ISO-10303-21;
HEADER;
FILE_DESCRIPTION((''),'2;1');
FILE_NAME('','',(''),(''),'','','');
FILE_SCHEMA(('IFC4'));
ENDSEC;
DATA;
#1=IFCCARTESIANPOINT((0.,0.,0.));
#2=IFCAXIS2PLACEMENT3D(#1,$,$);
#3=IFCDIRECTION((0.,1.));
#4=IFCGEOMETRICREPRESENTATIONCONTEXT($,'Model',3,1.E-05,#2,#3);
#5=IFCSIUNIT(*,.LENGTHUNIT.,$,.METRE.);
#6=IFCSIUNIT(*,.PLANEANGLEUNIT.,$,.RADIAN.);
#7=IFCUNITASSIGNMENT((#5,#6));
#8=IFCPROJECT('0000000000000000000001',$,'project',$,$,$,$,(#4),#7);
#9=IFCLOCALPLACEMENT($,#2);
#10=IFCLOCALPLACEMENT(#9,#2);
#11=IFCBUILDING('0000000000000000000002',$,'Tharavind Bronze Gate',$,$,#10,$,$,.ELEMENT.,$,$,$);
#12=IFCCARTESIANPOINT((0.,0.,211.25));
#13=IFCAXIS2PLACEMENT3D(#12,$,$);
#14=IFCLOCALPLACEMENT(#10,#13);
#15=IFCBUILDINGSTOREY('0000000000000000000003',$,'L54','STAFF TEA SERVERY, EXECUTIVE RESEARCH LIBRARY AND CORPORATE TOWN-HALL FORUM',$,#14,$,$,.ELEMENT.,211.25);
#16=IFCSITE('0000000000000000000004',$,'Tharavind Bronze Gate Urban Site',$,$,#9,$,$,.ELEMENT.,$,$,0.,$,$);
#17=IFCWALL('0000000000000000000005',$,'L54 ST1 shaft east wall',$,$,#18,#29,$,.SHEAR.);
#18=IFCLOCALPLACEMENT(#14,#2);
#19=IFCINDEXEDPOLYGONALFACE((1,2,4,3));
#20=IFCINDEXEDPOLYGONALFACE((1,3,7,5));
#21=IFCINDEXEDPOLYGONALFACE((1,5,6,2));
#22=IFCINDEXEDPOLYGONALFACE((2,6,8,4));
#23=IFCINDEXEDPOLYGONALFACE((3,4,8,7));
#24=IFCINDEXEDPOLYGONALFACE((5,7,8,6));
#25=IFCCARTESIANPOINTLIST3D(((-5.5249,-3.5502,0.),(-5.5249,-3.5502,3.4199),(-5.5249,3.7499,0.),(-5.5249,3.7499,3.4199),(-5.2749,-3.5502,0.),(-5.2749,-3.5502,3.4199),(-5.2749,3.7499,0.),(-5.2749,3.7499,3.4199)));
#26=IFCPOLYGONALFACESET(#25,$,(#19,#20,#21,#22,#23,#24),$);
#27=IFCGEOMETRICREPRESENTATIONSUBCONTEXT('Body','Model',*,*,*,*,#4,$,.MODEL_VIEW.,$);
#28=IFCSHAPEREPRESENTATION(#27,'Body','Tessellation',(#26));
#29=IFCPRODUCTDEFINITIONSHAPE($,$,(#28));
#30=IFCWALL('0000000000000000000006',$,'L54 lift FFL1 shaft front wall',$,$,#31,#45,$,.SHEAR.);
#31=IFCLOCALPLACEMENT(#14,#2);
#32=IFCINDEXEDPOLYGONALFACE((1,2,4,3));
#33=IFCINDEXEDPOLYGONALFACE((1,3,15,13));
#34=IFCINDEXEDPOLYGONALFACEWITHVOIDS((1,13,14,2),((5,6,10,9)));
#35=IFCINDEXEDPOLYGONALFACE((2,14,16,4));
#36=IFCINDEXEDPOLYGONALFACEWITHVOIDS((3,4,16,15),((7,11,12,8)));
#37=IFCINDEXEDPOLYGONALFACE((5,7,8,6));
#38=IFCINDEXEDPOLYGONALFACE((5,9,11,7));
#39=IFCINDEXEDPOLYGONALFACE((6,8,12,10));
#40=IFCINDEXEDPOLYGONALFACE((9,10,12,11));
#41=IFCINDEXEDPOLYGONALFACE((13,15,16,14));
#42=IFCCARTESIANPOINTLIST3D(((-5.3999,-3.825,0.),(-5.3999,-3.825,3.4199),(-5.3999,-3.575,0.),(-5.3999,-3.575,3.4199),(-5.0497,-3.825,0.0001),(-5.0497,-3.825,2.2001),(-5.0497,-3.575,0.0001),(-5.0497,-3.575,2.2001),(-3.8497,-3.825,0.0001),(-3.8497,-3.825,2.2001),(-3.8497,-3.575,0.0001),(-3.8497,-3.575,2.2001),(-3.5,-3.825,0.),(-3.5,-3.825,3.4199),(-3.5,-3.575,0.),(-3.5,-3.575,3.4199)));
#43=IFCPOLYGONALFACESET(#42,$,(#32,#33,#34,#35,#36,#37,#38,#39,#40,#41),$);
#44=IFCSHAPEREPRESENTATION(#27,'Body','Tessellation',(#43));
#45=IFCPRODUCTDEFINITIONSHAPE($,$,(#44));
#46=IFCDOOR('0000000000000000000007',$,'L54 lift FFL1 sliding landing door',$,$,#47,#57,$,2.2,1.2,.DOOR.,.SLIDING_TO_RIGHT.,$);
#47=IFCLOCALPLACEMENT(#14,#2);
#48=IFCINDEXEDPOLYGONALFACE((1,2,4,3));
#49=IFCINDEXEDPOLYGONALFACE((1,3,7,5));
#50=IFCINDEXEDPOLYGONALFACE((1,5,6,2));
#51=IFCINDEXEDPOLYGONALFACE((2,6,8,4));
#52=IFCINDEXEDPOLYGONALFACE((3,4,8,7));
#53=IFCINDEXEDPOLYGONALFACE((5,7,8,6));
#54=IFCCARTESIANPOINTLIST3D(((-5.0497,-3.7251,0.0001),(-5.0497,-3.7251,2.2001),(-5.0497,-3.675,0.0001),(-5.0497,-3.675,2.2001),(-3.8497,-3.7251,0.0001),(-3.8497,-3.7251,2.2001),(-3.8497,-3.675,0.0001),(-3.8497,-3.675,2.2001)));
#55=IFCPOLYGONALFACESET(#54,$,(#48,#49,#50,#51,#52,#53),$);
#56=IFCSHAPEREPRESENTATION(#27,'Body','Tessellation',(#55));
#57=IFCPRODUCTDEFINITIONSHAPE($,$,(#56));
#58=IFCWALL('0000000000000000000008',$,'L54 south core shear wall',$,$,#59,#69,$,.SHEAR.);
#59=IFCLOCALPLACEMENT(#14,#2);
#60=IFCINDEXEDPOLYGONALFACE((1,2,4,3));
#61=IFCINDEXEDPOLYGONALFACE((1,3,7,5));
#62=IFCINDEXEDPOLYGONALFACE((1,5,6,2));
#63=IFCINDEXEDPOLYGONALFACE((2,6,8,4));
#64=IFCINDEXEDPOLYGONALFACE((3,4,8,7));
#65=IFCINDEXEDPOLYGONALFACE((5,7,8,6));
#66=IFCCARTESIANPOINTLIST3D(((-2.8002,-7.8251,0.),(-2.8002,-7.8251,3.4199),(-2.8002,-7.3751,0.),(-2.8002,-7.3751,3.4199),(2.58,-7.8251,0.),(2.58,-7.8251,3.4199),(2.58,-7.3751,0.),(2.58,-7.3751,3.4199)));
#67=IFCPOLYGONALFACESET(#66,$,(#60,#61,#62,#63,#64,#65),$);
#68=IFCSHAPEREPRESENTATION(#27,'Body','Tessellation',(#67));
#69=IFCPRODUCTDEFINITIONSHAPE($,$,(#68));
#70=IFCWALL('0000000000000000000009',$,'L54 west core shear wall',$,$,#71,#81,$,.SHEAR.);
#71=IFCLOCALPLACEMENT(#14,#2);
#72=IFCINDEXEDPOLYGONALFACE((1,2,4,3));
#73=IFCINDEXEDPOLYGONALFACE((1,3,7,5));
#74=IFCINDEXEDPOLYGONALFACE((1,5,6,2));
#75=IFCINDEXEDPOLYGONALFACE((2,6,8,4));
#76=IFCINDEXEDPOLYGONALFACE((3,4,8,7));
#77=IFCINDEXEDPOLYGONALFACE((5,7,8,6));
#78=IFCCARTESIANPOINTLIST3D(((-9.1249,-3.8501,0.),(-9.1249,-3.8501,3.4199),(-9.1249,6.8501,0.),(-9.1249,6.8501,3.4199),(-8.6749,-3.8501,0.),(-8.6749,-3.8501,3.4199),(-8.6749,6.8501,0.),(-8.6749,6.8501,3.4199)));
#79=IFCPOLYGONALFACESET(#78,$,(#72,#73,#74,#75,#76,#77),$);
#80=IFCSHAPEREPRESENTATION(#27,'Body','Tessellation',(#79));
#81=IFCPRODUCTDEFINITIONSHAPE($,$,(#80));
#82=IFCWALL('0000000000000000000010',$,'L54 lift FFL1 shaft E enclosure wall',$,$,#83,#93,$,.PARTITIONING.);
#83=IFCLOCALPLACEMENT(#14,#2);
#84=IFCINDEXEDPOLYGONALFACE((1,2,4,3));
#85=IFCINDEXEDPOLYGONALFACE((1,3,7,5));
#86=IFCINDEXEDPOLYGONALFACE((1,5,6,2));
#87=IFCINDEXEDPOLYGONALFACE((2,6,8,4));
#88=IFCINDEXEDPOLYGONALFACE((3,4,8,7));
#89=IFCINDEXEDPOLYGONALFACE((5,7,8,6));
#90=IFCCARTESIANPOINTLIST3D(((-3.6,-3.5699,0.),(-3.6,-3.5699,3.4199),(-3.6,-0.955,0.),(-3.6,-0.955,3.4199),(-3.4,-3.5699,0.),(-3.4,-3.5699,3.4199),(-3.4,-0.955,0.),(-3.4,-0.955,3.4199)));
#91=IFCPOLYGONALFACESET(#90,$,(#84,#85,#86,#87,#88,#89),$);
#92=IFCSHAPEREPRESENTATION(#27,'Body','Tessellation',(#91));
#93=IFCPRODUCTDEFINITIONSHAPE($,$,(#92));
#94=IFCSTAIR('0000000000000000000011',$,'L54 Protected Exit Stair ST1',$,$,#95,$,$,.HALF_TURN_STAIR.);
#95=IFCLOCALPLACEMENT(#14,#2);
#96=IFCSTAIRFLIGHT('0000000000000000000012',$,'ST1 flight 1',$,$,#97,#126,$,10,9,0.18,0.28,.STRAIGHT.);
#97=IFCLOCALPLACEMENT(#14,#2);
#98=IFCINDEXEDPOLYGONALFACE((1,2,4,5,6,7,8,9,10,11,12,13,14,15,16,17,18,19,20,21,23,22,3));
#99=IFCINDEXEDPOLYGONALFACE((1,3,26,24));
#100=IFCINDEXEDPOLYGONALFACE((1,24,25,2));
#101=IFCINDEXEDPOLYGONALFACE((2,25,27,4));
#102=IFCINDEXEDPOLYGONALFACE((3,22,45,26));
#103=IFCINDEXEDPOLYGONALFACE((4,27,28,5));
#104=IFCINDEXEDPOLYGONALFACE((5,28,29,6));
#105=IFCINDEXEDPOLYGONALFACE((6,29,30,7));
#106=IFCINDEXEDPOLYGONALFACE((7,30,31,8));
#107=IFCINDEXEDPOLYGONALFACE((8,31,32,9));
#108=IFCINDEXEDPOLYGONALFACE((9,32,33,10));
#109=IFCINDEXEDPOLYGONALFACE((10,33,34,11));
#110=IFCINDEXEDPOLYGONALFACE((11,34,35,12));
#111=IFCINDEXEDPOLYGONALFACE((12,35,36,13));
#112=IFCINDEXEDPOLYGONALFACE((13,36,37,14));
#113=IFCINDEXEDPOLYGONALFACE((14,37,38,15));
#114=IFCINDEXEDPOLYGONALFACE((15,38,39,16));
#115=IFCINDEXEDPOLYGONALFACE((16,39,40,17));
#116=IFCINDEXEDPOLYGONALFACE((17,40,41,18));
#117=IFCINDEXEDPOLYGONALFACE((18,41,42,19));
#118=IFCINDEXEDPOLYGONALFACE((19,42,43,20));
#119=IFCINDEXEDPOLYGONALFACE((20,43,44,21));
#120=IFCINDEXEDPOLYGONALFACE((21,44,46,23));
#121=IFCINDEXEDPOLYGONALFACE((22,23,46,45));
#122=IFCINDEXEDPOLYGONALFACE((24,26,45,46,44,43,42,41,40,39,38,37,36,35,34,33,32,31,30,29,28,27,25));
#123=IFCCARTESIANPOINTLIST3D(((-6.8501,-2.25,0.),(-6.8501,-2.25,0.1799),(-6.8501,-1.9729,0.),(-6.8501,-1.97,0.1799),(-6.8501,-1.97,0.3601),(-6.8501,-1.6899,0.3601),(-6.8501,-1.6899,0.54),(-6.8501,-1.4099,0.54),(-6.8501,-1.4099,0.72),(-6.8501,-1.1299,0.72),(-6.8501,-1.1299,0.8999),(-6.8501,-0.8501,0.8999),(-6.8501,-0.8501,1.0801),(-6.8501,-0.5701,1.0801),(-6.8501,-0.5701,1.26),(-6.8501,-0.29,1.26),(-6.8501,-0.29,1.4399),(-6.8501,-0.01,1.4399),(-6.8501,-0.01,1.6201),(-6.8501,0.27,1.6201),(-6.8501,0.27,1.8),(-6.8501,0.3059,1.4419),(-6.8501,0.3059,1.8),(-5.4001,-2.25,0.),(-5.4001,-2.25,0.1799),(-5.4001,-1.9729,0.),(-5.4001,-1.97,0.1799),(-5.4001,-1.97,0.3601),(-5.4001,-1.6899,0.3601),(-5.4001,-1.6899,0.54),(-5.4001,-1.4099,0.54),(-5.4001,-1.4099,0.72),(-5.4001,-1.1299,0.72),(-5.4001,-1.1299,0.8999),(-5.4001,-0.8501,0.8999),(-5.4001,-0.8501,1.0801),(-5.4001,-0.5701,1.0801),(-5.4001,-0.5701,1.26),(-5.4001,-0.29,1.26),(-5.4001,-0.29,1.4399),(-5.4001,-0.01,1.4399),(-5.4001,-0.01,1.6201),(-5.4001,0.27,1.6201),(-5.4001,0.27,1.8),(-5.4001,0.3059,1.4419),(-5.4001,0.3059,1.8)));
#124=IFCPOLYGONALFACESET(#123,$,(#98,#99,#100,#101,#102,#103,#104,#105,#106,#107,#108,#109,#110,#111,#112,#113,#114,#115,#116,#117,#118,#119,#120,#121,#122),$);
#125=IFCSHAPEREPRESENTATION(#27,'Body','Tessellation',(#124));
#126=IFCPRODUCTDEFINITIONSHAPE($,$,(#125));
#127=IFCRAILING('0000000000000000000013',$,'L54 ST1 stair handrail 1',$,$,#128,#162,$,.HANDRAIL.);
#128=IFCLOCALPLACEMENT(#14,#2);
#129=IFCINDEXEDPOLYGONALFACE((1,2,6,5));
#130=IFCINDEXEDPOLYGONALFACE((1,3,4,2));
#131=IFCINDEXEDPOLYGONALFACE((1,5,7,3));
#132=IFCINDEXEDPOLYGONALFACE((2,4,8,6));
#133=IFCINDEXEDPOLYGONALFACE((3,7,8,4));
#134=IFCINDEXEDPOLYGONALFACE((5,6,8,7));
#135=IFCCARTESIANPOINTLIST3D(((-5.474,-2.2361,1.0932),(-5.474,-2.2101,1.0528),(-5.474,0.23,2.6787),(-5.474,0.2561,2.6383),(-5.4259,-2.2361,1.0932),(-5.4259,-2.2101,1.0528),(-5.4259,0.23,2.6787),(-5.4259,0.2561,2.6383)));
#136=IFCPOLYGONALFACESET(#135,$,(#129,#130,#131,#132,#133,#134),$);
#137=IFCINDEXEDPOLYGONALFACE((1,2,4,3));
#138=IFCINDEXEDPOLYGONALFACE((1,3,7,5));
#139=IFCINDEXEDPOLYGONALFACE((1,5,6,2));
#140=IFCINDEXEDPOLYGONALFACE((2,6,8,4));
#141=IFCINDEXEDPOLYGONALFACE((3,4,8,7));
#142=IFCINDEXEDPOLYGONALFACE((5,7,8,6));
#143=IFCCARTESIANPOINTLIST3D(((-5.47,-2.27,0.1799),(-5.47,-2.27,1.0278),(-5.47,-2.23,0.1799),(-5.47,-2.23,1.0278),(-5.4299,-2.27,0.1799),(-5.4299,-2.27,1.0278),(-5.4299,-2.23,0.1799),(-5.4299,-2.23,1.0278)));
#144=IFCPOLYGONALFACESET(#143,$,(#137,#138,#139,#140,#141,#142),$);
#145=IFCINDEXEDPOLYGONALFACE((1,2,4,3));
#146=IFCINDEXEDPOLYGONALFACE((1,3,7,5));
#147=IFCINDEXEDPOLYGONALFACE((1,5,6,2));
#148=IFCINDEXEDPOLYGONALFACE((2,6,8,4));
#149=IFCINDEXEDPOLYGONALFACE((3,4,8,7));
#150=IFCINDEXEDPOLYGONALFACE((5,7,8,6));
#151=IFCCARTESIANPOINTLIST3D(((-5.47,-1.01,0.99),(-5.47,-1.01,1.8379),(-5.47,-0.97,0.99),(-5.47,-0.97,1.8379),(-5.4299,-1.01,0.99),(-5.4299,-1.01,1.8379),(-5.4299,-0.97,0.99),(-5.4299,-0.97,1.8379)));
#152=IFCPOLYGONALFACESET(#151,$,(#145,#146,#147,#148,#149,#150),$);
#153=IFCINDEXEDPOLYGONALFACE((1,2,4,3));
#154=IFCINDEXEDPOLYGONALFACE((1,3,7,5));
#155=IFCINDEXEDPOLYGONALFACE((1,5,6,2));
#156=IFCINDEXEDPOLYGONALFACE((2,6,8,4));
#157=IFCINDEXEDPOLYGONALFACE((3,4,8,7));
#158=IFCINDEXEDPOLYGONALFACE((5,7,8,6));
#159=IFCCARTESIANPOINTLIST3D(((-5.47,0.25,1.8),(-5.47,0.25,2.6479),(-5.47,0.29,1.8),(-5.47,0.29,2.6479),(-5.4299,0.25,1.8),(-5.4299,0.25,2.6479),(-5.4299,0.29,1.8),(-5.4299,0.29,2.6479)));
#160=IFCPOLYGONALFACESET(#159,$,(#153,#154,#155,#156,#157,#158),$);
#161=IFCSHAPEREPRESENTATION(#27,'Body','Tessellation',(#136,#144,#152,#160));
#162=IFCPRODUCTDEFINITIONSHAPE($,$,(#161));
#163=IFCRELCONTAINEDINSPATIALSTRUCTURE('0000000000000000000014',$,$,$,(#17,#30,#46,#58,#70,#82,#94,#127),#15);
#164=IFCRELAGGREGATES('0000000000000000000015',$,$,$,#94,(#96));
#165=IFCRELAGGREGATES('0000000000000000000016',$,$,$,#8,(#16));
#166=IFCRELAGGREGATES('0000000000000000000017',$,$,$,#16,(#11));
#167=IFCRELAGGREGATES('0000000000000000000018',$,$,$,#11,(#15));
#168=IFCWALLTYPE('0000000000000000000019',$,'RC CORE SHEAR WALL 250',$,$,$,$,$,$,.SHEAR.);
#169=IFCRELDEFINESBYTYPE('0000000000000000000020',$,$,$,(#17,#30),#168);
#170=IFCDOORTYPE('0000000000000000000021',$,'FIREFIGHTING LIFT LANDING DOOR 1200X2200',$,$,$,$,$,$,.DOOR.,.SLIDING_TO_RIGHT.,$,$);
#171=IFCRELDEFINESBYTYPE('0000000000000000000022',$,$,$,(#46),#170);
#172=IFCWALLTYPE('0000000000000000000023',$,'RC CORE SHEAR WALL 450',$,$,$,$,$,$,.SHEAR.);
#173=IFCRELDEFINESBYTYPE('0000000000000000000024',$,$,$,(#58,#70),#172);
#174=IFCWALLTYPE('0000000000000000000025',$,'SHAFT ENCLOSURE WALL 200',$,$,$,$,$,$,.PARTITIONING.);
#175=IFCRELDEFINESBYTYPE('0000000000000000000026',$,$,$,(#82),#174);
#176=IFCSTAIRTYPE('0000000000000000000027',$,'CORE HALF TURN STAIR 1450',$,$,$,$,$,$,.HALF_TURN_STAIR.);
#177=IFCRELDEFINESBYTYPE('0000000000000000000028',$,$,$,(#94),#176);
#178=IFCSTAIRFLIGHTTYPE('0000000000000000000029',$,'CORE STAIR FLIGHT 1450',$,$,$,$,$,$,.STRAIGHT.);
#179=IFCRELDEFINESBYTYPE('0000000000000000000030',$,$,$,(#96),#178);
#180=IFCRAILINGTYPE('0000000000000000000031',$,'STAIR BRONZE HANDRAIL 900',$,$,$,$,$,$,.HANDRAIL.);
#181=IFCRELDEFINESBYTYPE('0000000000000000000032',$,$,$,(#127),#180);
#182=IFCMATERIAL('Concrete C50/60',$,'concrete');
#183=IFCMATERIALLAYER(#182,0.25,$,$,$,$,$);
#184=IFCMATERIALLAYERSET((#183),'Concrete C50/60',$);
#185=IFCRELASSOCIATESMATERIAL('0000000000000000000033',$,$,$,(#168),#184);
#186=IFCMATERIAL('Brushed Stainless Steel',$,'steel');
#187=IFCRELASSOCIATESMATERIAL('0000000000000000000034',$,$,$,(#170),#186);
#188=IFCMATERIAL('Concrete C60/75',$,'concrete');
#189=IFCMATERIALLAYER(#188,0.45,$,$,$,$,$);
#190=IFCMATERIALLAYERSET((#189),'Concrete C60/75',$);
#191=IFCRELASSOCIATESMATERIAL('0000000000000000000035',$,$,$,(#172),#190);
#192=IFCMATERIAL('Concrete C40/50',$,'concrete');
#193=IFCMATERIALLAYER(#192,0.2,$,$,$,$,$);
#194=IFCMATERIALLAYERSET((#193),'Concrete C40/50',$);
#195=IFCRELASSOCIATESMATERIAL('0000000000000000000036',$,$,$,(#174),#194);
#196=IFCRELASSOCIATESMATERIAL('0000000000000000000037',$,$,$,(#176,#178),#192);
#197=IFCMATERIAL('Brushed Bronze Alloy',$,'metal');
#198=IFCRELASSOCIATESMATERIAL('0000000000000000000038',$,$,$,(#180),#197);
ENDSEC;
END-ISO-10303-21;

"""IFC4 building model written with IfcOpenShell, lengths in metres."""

from ifc_helpers import new_model, si_unit, direction, frame, frame_2d, origin, origin_2d, place, context, subcontext, project, spatial, polyline, rectangle, outline, extrude, material, layer, layer_set, type_object, element, fill, aggregate, save


model = new_model("IFC4")

# Units and contexts
model_context = context("Model", 3, precision=1e-05, world=origin(), true_north=direction((0.0, 1.0)))
body_context = subcontext(model_context, "Body", "Model", "MODEL_VIEW")
ifc_project = project(units=[si_unit("LENGTHUNIT", "METRE"), si_unit("PLANEANGLEUNIT", "RADIAN")], contexts=[model_context])

# Site, building, storey
site_placement = place(None, origin())
site = spatial("IfcSite", under=ifc_project, at=site_placement, Name="Tharavind Bronze Gate Urban Site", CompositionType="ELEMENT", RefElevation=0.0)
building_placement = place(site_placement, origin())
building = spatial("IfcBuilding", under=site, at=building_placement, Name="Tharavind Bronze Gate", CompositionType="ELEMENT")
storey_placement = place(building_placement, frame((0.0, 0.0, 211.25)))
storey = spatial("IfcBuildingStorey", under=building, at=storey_placement, Name="L54", Description="STAFF TEA SERVERY, EXECUTIVE RESEARCH LIBRARY AND CORPORATE TOWN-HALL FORUM", CompositionType="ELEMENT", Elevation=211.25)

# Shared definitions
ifc_material_1 = material(Name="Concrete C60/75", Category="concrete")

# Wall
ifc_material_2 = material(Name="Concrete C50/60", Category="concrete")
ifc_layer_1 = layer(ifc_material_2, 0.25)
ifc_layer_set_1 = layer_set([ifc_layer_1], Name="Concrete C50/60")
wall_type_1 = type_object("IfcWallType", Name="RC CORE SHEAR WALL 250", PredefinedType="SHEAR", material=ifc_layer_set_1)
wall_1_placement = place(storey_placement, frame((-5.3999, -3.55, 0.0), z_axis=(0.0, 0.0, 1.0), x_axis=(0.0, 1.0, 0.0)))
element("IfcWall", 1, at=wall_1_placement, inside=storey, type_object=wall_type_1, Name="L54 ST1 shaft east wall", PredefinedType="SHEAR", context=body_context, shape_type="SweptSolid", body=[
    extrude(rectangle(XDim=7.3, YDim=0.25, at=frame_2d((3.6499, 0.0))), origin(), (0.0, 0.0, 1.0), 3.4199),
])

# Wall, opening, door
wall_2_placement = place(storey_placement, frame((-5.3999, -3.7, 0.0), z_axis=(0.0, 0.0, 1.0), x_axis=(1.0, 0.0, 0.0)))
wall_2 = element("IfcWall", 2, at=wall_2_placement, inside=storey, type_object=wall_type_1, Name="L54 lift FFL1 shaft front wall", PredefinedType="SHEAR", context=body_context, shape_type="SweptSolid", body=[
    extrude(rectangle(XDim=1.8999, YDim=0.25, at=frame_2d((0.95, 0.0))), origin(), (0.0, 0.0, 1.0), 3.4199),
])
opening_1_placement = place(wall_2_placement, frame((0.3501, 0.0, 0.0)))
opening_1 = element("IfcOpeningElement", 3, at=opening_1_placement, cuts=wall_2, PredefinedType="OPENING", context=body_context, shape_type="SweptSolid", body=[
    extrude(rectangle(XDim=1.2, YDim=2.2, at=frame_2d((0.6001, 1.1001))), frame((0.0, 0.135, 0.0), z_axis=(0.0, -1.0, 0.0), x_axis=(1.0, 0.0, 0.0)), (0.0, 0.0, 1.0), 0.27),
])
ifc_material_3 = material(Name="Brushed Stainless Steel", Category="steel")
door_type_1 = type_object("IfcDoorType", Name="FIREFIGHTING LIFT LANDING DOOR 1200X2200", OperationType="SLIDING_TO_RIGHT", PredefinedType="DOOR", material=ifc_material_3)
door_1_placement = place(opening_1_placement, origin())
door_1 = element("IfcDoor", 4, at=door_1_placement, inside=storey, type_object=door_type_1, Name="L54 lift FFL1 sliding landing door", OperationType="SLIDING_TO_RIGHT", OverallHeight=2.2, OverallWidth=1.2, PredefinedType="DOOR", context=body_context, shape_type="SweptSolid", body=[
    extrude(rectangle(XDim=1.2, YDim=2.2, at=frame_2d((0.6001, 1.1001))), frame((0.0, 0.0249, 0.0), z_axis=(0.0, -1.0, 0.0), x_axis=(1.0, 0.0, 0.0)), (0.0, 0.0, 1.0), 0.05),
])
fill(opening_1, door_1)

# Walls
ifc_layer_2 = layer(ifc_material_1, 0.45)
ifc_layer_set_2 = layer_set([ifc_layer_2], Name="Concrete C60/75")
wall_type_2 = type_object("IfcWallType", Name="RC CORE SHEAR WALL 450", PredefinedType="SHEAR", material=ifc_layer_set_2)
wall_3_placement = place(storey_placement, frame((-2.8, -7.6001, 0.0), z_axis=(0.0, 0.0, 1.0), x_axis=(1.0, 0.0, 0.0)))
element("IfcWall", 5, at=wall_3_placement, inside=storey, type_object=wall_type_2, Name="L54 south core shear wall", PredefinedType="SHEAR", context=body_context, shape_type="SweptSolid", body=[
    extrude(rectangle(XDim=5.3801, YDim=0.45, at=frame_2d((2.6899, 0.0))), origin(), (0.0, 0.0, 1.0), 3.4199),
])
wall_4_placement = place(storey_placement, frame((-8.8999, -3.8501, 0.0), z_axis=(0.0, 0.0, 1.0), x_axis=(0.0, 1.0, 0.0)))
element("IfcWall", 6, at=wall_4_placement, inside=storey, type_object=wall_type_2, Name="L54 west core shear wall", PredefinedType="SHEAR", context=body_context, shape_type="SweptSolid", body=[
    extrude(rectangle(XDim=10.7002, YDim=0.45, at=frame_2d((5.3501, 0.0))), origin(), (0.0, 0.0, 1.0), 3.4199),
])
ifc_material_4 = material(Name="Concrete C40/50", Category="concrete")
ifc_layer_3 = layer(ifc_material_4, 0.2)
ifc_layer_set_3 = layer_set([ifc_layer_3], Name="Concrete C40/50")
wall_type_3 = type_object("IfcWallType", Name="SHAFT ENCLOSURE WALL 200", PredefinedType="PARTITIONING", material=ifc_layer_set_3)
wall_5_placement = place(storey_placement, frame((-3.5, -3.5701, 0.0), z_axis=(0.0, 0.0, 1.0), x_axis=(0.0, 1.0, 0.0)))
element("IfcWall", 7, at=wall_5_placement, inside=storey, type_object=wall_type_3, Name="L54 lift FFL1 shaft E enclosure wall", PredefinedType="PARTITIONING", context=body_context, shape_type="SweptSolid", body=[
    extrude(rectangle(XDim=2.615, YDim=0.2, at=frame_2d((1.3076, 0.0))), origin(), (0.0, 0.0, 1.0), 3.4199),
])

# Stair, stair flight
stair_type = type_object("IfcStairType", Name="CORE HALF TURN STAIR 1450", PredefinedType="HALF_TURN_STAIR", material=ifc_material_4)
stair_placement = place(storey_placement, origin())
stair = element("IfcStair", 8, at=stair_placement, inside=storey, type_object=stair_type, Name="L54 Protected Exit Stair ST1", PredefinedType="HALF_TURN_STAIR")
stair_flight_type = type_object("IfcStairFlightType", Name="CORE STAIR FLIGHT 1450", PredefinedType="STRAIGHT", material=ifc_material_4)
stair_flight_placement = place(storey_placement, frame((-6.125, -2.25, 0.0), z_axis=(0.0, 0.0, 1.0), x_axis=(0.0, 1.0, 0.0)))
stair_flight = element("IfcStairFlight", 9, at=stair_flight_placement, type_object=stair_flight_type, Name="ST1 flight 1", NumberOfRisers=10, NumberOfTreads=9, PredefinedType="STRAIGHT", RiserHeight=0.18, TreadLength=0.28, context=body_context, shape_type="SweptSolid", body=[
    extrude(outline(polyline([(0.0, 0.0), (0.0, 0.1799), (0.28, 0.1799), (0.28, 0.3601), (0.5601, 0.3601), (0.5601, 0.54), (0.8401, 0.54), (0.8401, 0.72), (1.1201, 0.72), (1.1201, 0.8999), (1.3999, 0.8999), (1.3999, 1.0801), (1.6799, 1.0801), (1.6799, 1.26), (1.96, 1.26), (1.96, 1.4399), (2.24, 1.4399), (2.24, 1.6201), (2.52, 1.6201), (2.52, 1.8), (2.5559, 1.8), (2.5559, 1.4419), (0.2771, 0.0), (0.0, 0.0)])), frame((0.0, 0.7251, 0.0), z_axis=(0.0, -1.0, 0.0), x_axis=(1.0, 0.0, 0.0)), (0.0, 0.0, 1.0), 1.45),
])
aggregate(stair, [stair_flight])

# Railing
ifc_material_5 = material(Name="Brushed Bronze Alloy", Category="metal")
railing_type_1 = type_object("IfcRailingType", Name="STAIR BRONZE HANDRAIL 900", PredefinedType="HANDRAIL", material=ifc_material_5)
railing_1_placement = place(storey_placement, frame((-5.45, -2.25, 0.1799)))
element("IfcRailing", 10, at=railing_1_placement, inside=storey, type_object=railing_type_1, Name="L54 ST1 stair handrail 1", PredefinedType="HANDRAIL", context=body_context, shape_type="SweptSolid", body=[
    extrude(rectangle(XDim=0.0481, YDim=0.0481, at=origin_2d()), frame((0.0, 0.0269, 0.8931), z_axis=(0.0, 0.841163, 0.540782), x_axis=(-1.0, 0.0, 0.0)), (0.0, 0.0, 1.0), 2.9319),
    extrude(rectangle(XDim=0.04, YDim=0.04, at=origin_2d()), origin(), (0.0, 0.0, 1.0), 0.8479),
    extrude(rectangle(XDim=0.04, YDim=0.04, at=origin_2d()), frame((0.0, 1.26, 0.8101)), (0.0, 0.0, 1.0), 0.8479),
    extrude(rectangle(XDim=0.04, YDim=0.04, at=origin_2d()), frame((0.0, 2.52, 1.6201)), (0.0, 0.0, 1.0), 0.8479),
])

save(model, "model.ifc")
